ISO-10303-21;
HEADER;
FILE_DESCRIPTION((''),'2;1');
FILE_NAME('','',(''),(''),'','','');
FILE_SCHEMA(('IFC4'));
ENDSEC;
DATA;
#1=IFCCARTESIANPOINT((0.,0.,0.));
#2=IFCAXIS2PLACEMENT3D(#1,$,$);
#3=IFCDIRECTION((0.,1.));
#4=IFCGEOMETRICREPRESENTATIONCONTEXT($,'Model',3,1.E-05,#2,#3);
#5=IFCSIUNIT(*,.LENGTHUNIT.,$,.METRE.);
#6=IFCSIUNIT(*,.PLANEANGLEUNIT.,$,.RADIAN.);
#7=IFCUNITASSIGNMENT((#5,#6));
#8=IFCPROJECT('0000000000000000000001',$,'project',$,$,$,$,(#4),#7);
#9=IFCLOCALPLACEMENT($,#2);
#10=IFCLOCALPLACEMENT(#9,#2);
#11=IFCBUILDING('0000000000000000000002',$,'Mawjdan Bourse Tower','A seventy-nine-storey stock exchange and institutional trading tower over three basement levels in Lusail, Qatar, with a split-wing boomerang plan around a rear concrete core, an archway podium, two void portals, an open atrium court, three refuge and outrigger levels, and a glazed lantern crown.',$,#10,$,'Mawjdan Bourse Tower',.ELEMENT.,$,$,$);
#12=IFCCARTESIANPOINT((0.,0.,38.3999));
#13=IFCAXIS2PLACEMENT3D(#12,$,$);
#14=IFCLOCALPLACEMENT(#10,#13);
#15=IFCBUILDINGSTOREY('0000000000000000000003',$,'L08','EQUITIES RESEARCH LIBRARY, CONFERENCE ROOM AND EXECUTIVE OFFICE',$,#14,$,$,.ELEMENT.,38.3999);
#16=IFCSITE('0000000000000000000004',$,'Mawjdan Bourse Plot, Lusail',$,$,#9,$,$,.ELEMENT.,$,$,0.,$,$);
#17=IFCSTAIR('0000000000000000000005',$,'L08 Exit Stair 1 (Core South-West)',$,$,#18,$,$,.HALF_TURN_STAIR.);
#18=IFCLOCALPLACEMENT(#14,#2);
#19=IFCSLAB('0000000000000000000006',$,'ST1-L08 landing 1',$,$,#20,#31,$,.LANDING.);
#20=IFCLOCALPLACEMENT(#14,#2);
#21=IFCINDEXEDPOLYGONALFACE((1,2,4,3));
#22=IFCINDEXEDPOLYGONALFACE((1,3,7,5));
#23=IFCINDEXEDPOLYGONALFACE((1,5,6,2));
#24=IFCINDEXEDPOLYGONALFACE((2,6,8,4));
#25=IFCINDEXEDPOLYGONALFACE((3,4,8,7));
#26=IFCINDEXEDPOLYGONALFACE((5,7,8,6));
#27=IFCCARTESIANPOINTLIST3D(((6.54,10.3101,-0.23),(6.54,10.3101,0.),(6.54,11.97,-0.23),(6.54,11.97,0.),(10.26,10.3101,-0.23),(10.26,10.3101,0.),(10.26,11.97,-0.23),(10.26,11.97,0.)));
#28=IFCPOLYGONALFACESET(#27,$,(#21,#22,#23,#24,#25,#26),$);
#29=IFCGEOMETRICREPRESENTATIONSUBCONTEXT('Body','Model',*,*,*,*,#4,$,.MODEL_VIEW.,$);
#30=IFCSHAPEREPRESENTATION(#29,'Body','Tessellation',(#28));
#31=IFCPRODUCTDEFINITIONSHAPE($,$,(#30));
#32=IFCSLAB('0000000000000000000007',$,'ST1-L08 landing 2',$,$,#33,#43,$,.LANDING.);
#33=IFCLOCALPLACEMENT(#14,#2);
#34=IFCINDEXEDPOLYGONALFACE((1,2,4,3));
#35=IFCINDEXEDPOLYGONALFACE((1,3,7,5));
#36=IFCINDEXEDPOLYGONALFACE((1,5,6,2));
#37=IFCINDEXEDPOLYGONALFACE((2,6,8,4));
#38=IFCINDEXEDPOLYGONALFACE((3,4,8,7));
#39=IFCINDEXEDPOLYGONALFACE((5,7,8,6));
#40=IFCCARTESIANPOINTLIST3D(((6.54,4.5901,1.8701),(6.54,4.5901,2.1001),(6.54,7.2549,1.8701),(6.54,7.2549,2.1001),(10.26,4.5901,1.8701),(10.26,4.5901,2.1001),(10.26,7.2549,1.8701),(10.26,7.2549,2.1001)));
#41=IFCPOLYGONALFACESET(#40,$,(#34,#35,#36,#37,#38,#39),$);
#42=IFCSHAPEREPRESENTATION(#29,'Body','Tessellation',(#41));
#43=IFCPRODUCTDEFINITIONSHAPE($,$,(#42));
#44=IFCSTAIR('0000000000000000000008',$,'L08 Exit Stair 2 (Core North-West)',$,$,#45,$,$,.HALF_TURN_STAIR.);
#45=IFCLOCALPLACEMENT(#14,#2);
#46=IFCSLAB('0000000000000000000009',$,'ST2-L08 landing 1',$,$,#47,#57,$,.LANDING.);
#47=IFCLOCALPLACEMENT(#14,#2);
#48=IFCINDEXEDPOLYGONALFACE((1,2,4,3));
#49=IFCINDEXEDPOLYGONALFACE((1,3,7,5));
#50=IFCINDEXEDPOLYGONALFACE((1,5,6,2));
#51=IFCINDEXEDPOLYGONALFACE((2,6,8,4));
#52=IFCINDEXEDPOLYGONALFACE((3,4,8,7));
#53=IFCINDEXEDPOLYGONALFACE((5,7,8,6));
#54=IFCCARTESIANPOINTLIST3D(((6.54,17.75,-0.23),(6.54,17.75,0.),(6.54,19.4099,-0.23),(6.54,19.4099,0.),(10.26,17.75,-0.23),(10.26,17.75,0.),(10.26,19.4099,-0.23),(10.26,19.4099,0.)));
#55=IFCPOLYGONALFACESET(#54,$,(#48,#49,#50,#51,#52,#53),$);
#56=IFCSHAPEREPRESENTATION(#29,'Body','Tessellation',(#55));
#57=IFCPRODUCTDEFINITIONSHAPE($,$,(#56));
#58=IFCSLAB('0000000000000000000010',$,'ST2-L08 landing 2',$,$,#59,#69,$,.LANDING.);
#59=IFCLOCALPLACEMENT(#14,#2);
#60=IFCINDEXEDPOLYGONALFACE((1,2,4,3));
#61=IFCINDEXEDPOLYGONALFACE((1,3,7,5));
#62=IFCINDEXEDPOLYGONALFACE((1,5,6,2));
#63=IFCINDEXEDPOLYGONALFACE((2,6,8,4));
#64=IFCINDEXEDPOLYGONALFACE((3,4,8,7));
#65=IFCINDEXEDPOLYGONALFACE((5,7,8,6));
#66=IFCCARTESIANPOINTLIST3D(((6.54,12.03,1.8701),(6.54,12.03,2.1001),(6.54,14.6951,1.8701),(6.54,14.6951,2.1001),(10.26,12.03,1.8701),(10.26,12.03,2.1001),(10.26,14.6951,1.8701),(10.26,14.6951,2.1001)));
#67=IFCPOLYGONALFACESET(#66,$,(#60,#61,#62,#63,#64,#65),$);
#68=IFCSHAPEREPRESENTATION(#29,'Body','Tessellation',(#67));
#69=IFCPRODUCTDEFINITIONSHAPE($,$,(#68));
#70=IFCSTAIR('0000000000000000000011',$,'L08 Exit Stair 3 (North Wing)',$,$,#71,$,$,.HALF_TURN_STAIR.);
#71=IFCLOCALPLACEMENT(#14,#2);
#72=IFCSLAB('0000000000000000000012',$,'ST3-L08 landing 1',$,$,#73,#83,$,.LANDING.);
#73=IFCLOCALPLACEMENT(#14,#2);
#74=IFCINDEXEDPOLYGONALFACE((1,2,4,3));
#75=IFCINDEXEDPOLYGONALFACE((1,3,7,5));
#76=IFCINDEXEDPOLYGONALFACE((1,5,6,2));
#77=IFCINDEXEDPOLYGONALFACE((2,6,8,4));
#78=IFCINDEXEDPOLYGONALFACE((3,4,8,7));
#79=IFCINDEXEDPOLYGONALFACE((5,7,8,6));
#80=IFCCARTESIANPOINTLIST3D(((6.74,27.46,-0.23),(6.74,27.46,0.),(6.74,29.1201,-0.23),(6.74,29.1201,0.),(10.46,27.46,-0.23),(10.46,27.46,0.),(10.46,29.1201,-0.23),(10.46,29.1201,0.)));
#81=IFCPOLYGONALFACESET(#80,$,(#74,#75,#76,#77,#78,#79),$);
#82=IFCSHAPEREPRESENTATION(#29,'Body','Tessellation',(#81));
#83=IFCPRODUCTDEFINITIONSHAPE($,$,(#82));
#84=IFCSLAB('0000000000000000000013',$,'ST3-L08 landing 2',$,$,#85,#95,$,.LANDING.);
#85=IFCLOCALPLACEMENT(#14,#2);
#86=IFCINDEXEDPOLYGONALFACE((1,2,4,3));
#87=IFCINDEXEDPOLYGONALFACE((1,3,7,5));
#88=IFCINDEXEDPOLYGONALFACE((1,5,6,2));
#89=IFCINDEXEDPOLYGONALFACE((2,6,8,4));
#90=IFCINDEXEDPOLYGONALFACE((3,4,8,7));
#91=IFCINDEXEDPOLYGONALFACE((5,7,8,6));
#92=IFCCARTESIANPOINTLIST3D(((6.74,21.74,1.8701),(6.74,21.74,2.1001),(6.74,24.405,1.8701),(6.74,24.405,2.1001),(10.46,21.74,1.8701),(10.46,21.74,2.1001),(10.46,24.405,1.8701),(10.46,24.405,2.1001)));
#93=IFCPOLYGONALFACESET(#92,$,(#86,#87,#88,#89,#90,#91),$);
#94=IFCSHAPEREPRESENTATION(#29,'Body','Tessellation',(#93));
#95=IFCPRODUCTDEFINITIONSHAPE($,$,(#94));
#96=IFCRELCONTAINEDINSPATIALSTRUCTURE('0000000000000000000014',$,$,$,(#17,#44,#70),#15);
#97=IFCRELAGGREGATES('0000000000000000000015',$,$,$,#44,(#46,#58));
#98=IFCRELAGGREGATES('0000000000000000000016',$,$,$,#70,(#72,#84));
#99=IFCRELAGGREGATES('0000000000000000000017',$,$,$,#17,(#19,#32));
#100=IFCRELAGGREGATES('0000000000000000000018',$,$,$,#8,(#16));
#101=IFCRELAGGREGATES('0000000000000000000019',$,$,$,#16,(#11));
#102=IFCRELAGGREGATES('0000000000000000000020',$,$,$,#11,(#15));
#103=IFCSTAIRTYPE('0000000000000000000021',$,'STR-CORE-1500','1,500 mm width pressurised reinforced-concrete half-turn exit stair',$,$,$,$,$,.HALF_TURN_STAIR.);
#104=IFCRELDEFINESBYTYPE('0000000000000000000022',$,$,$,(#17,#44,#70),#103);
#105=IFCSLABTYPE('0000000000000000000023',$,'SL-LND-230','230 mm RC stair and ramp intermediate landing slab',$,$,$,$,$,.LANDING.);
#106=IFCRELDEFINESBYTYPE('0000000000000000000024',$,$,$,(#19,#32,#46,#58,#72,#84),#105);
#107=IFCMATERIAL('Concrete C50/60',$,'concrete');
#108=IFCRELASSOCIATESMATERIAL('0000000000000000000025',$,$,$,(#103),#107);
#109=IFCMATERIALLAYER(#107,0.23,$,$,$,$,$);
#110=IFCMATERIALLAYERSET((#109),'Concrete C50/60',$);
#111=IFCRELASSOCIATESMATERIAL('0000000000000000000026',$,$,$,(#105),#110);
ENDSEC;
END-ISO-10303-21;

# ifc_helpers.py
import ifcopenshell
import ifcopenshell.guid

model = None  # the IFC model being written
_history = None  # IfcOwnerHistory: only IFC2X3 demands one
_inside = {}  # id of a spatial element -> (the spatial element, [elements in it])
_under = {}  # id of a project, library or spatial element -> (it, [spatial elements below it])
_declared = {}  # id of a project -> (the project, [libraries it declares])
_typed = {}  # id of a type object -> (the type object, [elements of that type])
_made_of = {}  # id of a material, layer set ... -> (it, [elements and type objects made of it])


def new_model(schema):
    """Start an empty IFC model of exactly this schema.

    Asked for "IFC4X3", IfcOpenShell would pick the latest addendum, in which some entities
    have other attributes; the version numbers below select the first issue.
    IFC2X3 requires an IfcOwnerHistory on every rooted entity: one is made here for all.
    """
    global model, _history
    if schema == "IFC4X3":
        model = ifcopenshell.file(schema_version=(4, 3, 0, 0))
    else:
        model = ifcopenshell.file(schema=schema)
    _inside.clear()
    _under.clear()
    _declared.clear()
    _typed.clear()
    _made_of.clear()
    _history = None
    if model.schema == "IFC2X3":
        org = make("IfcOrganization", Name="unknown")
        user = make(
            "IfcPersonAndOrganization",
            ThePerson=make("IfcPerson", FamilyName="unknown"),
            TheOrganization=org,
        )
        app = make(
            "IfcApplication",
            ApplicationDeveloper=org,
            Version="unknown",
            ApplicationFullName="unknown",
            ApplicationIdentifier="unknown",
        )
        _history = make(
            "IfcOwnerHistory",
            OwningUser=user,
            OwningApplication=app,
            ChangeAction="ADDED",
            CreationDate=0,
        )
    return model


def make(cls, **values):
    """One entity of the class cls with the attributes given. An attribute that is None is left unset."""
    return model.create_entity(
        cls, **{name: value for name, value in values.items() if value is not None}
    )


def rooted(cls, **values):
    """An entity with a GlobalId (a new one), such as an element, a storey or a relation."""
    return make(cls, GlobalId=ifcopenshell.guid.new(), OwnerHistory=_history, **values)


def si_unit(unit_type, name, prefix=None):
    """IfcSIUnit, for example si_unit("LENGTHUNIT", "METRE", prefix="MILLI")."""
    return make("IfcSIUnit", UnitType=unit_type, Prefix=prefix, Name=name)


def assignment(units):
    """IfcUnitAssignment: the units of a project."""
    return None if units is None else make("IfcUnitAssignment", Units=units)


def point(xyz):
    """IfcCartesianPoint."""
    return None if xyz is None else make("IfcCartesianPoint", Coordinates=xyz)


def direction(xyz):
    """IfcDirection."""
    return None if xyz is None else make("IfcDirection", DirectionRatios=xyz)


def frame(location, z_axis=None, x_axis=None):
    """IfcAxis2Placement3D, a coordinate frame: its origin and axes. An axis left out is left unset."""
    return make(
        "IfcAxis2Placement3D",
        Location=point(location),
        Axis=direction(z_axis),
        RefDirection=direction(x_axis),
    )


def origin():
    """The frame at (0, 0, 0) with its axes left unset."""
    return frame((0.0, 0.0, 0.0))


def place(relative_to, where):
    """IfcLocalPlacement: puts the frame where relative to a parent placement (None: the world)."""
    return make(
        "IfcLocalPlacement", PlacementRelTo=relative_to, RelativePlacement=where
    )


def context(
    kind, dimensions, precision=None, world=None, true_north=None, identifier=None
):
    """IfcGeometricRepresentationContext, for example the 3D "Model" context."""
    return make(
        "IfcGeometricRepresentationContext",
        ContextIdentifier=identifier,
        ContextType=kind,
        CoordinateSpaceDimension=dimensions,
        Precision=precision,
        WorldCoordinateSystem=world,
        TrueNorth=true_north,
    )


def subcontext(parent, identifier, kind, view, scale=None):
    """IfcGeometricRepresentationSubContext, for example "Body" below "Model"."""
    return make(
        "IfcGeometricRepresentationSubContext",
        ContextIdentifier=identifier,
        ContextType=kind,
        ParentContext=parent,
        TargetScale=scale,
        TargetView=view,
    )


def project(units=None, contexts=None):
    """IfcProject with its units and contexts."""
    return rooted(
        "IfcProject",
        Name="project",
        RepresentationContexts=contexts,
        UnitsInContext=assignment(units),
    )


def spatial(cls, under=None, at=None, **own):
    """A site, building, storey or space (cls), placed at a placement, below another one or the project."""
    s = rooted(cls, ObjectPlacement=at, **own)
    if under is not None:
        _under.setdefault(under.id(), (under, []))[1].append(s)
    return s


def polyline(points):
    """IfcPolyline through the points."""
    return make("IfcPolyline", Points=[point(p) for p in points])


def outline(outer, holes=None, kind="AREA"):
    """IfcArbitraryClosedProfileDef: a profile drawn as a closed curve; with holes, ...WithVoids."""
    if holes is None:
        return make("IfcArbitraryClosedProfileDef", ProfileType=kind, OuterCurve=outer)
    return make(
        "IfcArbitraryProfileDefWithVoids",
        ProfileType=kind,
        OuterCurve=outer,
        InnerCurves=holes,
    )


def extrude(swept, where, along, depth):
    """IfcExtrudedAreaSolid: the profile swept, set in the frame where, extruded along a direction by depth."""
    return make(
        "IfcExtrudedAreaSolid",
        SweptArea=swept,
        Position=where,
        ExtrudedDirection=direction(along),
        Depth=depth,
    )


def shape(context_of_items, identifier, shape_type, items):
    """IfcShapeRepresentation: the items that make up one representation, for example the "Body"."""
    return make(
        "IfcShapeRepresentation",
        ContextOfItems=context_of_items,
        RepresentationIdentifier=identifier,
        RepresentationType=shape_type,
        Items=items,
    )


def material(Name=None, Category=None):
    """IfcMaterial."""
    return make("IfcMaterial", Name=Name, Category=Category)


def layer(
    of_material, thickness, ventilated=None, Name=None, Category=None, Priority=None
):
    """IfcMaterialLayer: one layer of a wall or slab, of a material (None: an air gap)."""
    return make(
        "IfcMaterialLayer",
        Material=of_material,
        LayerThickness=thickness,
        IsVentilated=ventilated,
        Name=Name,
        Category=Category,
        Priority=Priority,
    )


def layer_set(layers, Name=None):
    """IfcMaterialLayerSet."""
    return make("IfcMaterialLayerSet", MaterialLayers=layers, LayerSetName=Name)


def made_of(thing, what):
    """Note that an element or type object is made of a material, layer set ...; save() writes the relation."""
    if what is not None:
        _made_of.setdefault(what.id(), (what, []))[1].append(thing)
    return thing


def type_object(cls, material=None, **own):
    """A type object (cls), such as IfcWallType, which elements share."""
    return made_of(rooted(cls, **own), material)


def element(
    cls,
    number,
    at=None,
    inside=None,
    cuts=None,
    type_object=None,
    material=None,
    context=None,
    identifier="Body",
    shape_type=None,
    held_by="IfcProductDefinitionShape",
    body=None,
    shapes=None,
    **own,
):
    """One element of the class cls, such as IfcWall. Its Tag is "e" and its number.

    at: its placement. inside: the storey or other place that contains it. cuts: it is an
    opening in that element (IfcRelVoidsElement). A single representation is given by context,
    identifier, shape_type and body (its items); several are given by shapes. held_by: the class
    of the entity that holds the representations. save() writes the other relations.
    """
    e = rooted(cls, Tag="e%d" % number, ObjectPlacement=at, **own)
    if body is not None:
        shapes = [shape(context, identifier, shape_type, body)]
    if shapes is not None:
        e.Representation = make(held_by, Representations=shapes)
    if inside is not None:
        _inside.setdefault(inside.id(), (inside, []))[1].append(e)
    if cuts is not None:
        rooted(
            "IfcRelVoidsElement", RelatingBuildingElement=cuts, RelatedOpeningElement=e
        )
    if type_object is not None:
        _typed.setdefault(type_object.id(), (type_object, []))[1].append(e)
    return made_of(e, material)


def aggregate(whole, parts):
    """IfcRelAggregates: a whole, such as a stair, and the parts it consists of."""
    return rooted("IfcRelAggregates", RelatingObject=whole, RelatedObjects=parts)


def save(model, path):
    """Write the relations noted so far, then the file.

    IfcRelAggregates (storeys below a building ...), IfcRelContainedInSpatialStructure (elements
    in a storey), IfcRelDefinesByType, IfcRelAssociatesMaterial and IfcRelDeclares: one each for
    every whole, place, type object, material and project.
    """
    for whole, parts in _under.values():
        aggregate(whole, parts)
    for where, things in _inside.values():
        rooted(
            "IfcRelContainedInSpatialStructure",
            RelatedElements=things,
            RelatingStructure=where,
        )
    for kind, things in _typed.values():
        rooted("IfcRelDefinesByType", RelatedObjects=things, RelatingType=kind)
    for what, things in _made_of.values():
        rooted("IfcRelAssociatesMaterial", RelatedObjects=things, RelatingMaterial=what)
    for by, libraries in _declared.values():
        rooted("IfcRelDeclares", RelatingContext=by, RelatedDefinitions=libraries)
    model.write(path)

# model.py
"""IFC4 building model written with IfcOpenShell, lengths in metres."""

from ifc_helpers import new_model, si_unit, direction, frame, origin, place, context, subcontext, project, spatial, polyline, outline, extrude, material, layer, layer_set, type_object, element, aggregate, save


model = new_model("IFC4")

# Units and contexts
model_context = context("Model", 3, precision=1e-05, world=origin(), true_north=direction((0.0, 1.0)))
body_context = subcontext(model_context, "Body", "Model", "MODEL_VIEW")
ifc_project = project(units=[si_unit("LENGTHUNIT", "METRE"), si_unit("PLANEANGLEUNIT", "RADIAN")], contexts=[model_context])

# Site, building, storey
site_placement = place(None, origin())
site = spatial("IfcSite", under=ifc_project, at=site_placement, Name="Mawjdan Bourse Plot, Lusail", CompositionType="ELEMENT", RefElevation=0.0)
building_placement = place(site_placement, origin())
building = spatial("IfcBuilding", under=site, at=building_placement, Name="Mawjdan Bourse Tower", Description="A seventy-nine-storey stock exchange and institutional trading tower over three basement levels in Lusail, Qatar, with a split-wing boomerang plan around a rear concrete core, an archway podium, two void portals, an open atrium court, three refuge and outrigger levels, and a glazed lantern crown.", LongName="Mawjdan Bourse Tower", CompositionType="ELEMENT")
storey_placement = place(building_placement, frame((0.0, 0.0, 38.3999)))
storey = spatial("IfcBuildingStorey", under=building, at=storey_placement, Name="L08", Description="EQUITIES RESEARCH LIBRARY, CONFERENCE ROOM AND EXECUTIVE OFFICE", CompositionType="ELEMENT", Elevation=38.3999)

# Stairs, slabs
ifc_material_1 = material(Name="Concrete C50/60", Category="concrete")
stair_type = type_object("IfcStairType", Name="STR-CORE-1500", Description="1,500 mm width pressurised reinforced-concrete half-turn exit stair", PredefinedType="HALF_TURN_STAIR", material=ifc_material_1)
stair_1_placement = place(storey_placement, origin())
stair_1 = element("IfcStair", 1, at=stair_1_placement, inside=storey, type_object=stair_type, Name="L08 Exit Stair 1 (Core South-West)", PredefinedType="HALF_TURN_STAIR")
ifc_layer_1 = layer(ifc_material_1, 0.23)
ifc_layer_set_1 = layer_set([ifc_layer_1], Name="Concrete C50/60")
slab_type_1 = type_object("IfcSlabType", Name="SL-LND-230", Description="230 mm RC stair and ramp intermediate landing slab", PredefinedType="LANDING", material=ifc_layer_set_1)
slab_1_placement = place(storey_placement, frame((0.0, 0.0, -0.23)))
slab_1 = element("IfcSlab", 2, at=slab_1_placement, type_object=slab_type_1, Name="ST1-L08 landing 1", PredefinedType="LANDING", context=body_context, shape_type="SweptSolid", body=[
    extrude(outline(polyline([(6.54, 10.3101), (10.26, 10.3101), (10.26, 11.97), (6.54, 11.97), (6.54, 10.3101)])), origin(), (0.0, 0.0, 1.0), 0.23),
])
slab_2_placement = place(storey_placement, frame((0.0, 0.0, 1.8701)))
slab_2 = element("IfcSlab", 3, at=slab_2_placement, type_object=slab_type_1, Name="ST1-L08 landing 2", PredefinedType="LANDING", context=body_context, shape_type="SweptSolid", body=[
    extrude(outline(polyline([(6.54, 4.5901), (10.26, 4.5901), (10.26, 7.2549), (6.54, 7.2549), (6.54, 4.5901)])), origin(), (0.0, 0.0, 1.0), 0.23),
])
stair_2_placement = place(storey_placement, origin())
stair_2 = element("IfcStair", 4, at=stair_2_placement, inside=storey, type_object=stair_type, Name="L08 Exit Stair 2 (Core North-West)", PredefinedType="HALF_TURN_STAIR")
slab_3_placement = place(storey_placement, frame((0.0, 0.0, -0.23)))
slab_3 = element("IfcSlab", 5, at=slab_3_placement, type_object=slab_type_1, Name="ST2-L08 landing 1", PredefinedType="LANDING", context=body_context, shape_type="SweptSolid", body=[
    extrude(outline(polyline([(6.54, 17.75), (10.26, 17.75), (10.26, 19.4099), (6.54, 19.4099), (6.54, 17.75)])), origin(), (0.0, 0.0, 1.0), 0.23),
])
slab_4_placement = place(storey_placement, frame((0.0, 0.0, 1.8701)))
slab_4 = element("IfcSlab", 6, at=slab_4_placement, type_object=slab_type_1, Name="ST2-L08 landing 2", PredefinedType="LANDING", context=body_context, shape_type="SweptSolid", body=[
    extrude(outline(polyline([(6.54, 12.03), (10.26, 12.03), (10.26, 14.6951), (6.54, 14.6951), (6.54, 12.03)])), origin(), (0.0, 0.0, 1.0), 0.23),
])
aggregate(stair_2, [slab_3, slab_4])
stair_3_placement = place(storey_placement, origin())
stair_3 = element("IfcStair", 7, at=stair_3_placement, inside=storey, type_object=stair_type, Name="L08 Exit Stair 3 (North Wing)", PredefinedType="HALF_TURN_STAIR")
slab_5_placement = place(storey_placement, frame((0.0, 0.0, -0.23)))
slab_5 = element("IfcSlab", 8, at=slab_5_placement, type_object=slab_type_1, Name="ST3-L08 landing 1", PredefinedType="LANDING", context=body_context, shape_type="SweptSolid", body=[
    extrude(outline(polyline([(6.74, 27.46), (10.46, 27.46), (10.46, 29.1201), (6.74, 29.1201), (6.74, 27.46)])), origin(), (0.0, 0.0, 1.0), 0.23),
])
slab_6_placement = place(storey_placement, frame((0.0, 0.0, 1.8701)))
slab_6 = element("IfcSlab", 9, at=slab_6_placement, type_object=slab_type_1, Name="ST3-L08 landing 2", PredefinedType="LANDING", context=body_context, shape_type="SweptSolid", body=[
    extrude(outline(polyline([(6.74, 21.74), (10.46, 21.74), (10.46, 24.405), (6.74, 24.405), (6.74, 21.74)])), origin(), (0.0, 0.0, 1.0), 0.23),
])
aggregate(stair_3, [slab_5, slab_6])

aggregate(stair_1, [slab_1, slab_2])

save(model, "model.ifc")
